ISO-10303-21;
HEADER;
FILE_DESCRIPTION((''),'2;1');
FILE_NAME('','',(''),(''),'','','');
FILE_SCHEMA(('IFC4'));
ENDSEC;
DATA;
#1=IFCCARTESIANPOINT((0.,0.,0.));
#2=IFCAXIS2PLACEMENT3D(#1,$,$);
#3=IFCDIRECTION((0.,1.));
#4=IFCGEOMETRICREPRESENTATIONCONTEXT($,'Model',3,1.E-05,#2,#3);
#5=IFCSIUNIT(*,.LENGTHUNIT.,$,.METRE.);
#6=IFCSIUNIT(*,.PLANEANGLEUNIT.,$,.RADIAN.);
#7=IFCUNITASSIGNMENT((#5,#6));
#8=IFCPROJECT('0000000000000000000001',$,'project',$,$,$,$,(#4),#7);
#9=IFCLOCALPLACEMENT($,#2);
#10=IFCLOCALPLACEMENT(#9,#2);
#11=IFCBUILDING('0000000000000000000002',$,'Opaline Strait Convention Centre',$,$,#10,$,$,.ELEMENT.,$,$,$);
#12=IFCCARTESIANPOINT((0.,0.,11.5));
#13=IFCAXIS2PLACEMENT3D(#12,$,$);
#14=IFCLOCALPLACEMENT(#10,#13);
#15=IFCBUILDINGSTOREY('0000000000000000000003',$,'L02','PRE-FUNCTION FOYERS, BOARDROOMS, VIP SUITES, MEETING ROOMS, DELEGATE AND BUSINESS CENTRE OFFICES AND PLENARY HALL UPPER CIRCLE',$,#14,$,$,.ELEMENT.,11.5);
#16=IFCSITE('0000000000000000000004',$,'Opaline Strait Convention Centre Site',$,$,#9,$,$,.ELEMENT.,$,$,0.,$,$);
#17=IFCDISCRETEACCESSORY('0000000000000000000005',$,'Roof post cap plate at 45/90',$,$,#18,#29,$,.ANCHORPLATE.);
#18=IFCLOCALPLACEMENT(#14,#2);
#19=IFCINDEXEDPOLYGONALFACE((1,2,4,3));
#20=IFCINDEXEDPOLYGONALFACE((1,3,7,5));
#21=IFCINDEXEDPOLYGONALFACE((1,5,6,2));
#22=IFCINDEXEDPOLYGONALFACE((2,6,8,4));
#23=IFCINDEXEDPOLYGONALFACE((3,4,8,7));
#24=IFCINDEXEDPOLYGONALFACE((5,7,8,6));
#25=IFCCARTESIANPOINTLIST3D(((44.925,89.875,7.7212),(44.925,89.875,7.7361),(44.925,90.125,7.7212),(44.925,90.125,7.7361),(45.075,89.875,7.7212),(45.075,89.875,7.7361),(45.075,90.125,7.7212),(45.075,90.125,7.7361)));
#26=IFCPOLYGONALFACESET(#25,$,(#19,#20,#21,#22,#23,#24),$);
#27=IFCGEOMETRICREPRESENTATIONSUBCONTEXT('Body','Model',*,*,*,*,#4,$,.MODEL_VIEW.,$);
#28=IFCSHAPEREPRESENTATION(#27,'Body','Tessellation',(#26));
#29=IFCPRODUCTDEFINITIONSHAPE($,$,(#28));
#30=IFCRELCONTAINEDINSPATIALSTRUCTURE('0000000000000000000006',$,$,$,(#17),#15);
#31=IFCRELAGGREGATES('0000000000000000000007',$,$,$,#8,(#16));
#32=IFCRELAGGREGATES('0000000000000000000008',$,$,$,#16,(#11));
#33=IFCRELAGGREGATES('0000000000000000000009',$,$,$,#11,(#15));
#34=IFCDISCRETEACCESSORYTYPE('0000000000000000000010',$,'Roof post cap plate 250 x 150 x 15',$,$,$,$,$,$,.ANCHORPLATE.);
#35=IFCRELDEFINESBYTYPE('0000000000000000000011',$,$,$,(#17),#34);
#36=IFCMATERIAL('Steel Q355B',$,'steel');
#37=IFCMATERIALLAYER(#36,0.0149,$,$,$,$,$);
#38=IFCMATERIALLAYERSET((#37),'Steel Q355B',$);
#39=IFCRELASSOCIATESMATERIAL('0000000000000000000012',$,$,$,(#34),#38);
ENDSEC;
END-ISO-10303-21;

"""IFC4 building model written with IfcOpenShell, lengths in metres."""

from ifc_helpers import new_model, si_unit, direction, frame, origin, origin_2d, place, context, subcontext, project, spatial, rectangle, extrude, material, layer, layer_set, type_object, element, save


model = new_model("IFC4")

# Units and contexts
model_context = context("Model", 3, precision=1e-05, world=origin(), true_north=direction((0.0, 1.0)))
body_context = subcontext(model_context, "Body", "Model", "MODEL_VIEW")
ifc_project = project(units=[si_unit("LENGTHUNIT", "METRE"), si_unit("PLANEANGLEUNIT", "RADIAN")], contexts=[model_context])

# Site, building, storey
site_placement = place(None, origin())
site = spatial("IfcSite", under=ifc_project, at=site_placement, Name="Opaline Strait Convention Centre Site", CompositionType="ELEMENT", RefElevation=0.0)
building_placement = place(site_placement, origin())
building = spatial("IfcBuilding", under=site, at=building_placement, Name="Opaline Strait Convention Centre", CompositionType="ELEMENT")
storey_placement = place(building_placement, frame((0.0, 0.0, 11.5)))
storey = spatial("IfcBuildingStorey", under=building, at=storey_placement, Name="L02", Description="PRE-FUNCTION FOYERS, BOARDROOMS, VIP SUITES, MEETING ROOMS, DELEGATE AND BUSINESS CENTRE OFFICES AND PLENARY HALL UPPER CIRCLE", CompositionType="ELEMENT", Elevation=11.5)

# Shared definitions
ifc_material_1 = material(Name="Steel Q355B", Category="steel")

# Discrete accessory
ifc_layer_1 = layer(ifc_material_1, 0.0149)
ifc_layer_set_1 = layer_set([ifc_layer_1], Name="Steel Q355B")
discrete_accessory_type_1 = type_object("IfcDiscreteAccessoryType", Name="Roof post cap plate 250 x 150 x 15", PredefinedType="ANCHORPLATE", material=ifc_layer_set_1)
for number, where, z_axis, x_axis, name in (
    (1, (45.0, 90.0, 7.7212), (0.0, 0.0, 1.0), (1.0, 0.0, 0.0), "Roof post cap plate at 45/90"),
):
    element("IfcDiscreteAccessory", number, at=place(storey_placement, frame(where, z_axis=z_axis, x_axis=x_axis)), inside=storey, type_object=discrete_accessory_type_1, Name=name, PredefinedType="ANCHORPLATE", context=body_context, shape_type="SweptSolid", body=[
        extrude(rectangle(XDim=0.1499, YDim=0.25, at=origin_2d()), origin(), (0.0, 0.0, 1.0), 0.0149),
    ])

save(model, "model.ifc")
